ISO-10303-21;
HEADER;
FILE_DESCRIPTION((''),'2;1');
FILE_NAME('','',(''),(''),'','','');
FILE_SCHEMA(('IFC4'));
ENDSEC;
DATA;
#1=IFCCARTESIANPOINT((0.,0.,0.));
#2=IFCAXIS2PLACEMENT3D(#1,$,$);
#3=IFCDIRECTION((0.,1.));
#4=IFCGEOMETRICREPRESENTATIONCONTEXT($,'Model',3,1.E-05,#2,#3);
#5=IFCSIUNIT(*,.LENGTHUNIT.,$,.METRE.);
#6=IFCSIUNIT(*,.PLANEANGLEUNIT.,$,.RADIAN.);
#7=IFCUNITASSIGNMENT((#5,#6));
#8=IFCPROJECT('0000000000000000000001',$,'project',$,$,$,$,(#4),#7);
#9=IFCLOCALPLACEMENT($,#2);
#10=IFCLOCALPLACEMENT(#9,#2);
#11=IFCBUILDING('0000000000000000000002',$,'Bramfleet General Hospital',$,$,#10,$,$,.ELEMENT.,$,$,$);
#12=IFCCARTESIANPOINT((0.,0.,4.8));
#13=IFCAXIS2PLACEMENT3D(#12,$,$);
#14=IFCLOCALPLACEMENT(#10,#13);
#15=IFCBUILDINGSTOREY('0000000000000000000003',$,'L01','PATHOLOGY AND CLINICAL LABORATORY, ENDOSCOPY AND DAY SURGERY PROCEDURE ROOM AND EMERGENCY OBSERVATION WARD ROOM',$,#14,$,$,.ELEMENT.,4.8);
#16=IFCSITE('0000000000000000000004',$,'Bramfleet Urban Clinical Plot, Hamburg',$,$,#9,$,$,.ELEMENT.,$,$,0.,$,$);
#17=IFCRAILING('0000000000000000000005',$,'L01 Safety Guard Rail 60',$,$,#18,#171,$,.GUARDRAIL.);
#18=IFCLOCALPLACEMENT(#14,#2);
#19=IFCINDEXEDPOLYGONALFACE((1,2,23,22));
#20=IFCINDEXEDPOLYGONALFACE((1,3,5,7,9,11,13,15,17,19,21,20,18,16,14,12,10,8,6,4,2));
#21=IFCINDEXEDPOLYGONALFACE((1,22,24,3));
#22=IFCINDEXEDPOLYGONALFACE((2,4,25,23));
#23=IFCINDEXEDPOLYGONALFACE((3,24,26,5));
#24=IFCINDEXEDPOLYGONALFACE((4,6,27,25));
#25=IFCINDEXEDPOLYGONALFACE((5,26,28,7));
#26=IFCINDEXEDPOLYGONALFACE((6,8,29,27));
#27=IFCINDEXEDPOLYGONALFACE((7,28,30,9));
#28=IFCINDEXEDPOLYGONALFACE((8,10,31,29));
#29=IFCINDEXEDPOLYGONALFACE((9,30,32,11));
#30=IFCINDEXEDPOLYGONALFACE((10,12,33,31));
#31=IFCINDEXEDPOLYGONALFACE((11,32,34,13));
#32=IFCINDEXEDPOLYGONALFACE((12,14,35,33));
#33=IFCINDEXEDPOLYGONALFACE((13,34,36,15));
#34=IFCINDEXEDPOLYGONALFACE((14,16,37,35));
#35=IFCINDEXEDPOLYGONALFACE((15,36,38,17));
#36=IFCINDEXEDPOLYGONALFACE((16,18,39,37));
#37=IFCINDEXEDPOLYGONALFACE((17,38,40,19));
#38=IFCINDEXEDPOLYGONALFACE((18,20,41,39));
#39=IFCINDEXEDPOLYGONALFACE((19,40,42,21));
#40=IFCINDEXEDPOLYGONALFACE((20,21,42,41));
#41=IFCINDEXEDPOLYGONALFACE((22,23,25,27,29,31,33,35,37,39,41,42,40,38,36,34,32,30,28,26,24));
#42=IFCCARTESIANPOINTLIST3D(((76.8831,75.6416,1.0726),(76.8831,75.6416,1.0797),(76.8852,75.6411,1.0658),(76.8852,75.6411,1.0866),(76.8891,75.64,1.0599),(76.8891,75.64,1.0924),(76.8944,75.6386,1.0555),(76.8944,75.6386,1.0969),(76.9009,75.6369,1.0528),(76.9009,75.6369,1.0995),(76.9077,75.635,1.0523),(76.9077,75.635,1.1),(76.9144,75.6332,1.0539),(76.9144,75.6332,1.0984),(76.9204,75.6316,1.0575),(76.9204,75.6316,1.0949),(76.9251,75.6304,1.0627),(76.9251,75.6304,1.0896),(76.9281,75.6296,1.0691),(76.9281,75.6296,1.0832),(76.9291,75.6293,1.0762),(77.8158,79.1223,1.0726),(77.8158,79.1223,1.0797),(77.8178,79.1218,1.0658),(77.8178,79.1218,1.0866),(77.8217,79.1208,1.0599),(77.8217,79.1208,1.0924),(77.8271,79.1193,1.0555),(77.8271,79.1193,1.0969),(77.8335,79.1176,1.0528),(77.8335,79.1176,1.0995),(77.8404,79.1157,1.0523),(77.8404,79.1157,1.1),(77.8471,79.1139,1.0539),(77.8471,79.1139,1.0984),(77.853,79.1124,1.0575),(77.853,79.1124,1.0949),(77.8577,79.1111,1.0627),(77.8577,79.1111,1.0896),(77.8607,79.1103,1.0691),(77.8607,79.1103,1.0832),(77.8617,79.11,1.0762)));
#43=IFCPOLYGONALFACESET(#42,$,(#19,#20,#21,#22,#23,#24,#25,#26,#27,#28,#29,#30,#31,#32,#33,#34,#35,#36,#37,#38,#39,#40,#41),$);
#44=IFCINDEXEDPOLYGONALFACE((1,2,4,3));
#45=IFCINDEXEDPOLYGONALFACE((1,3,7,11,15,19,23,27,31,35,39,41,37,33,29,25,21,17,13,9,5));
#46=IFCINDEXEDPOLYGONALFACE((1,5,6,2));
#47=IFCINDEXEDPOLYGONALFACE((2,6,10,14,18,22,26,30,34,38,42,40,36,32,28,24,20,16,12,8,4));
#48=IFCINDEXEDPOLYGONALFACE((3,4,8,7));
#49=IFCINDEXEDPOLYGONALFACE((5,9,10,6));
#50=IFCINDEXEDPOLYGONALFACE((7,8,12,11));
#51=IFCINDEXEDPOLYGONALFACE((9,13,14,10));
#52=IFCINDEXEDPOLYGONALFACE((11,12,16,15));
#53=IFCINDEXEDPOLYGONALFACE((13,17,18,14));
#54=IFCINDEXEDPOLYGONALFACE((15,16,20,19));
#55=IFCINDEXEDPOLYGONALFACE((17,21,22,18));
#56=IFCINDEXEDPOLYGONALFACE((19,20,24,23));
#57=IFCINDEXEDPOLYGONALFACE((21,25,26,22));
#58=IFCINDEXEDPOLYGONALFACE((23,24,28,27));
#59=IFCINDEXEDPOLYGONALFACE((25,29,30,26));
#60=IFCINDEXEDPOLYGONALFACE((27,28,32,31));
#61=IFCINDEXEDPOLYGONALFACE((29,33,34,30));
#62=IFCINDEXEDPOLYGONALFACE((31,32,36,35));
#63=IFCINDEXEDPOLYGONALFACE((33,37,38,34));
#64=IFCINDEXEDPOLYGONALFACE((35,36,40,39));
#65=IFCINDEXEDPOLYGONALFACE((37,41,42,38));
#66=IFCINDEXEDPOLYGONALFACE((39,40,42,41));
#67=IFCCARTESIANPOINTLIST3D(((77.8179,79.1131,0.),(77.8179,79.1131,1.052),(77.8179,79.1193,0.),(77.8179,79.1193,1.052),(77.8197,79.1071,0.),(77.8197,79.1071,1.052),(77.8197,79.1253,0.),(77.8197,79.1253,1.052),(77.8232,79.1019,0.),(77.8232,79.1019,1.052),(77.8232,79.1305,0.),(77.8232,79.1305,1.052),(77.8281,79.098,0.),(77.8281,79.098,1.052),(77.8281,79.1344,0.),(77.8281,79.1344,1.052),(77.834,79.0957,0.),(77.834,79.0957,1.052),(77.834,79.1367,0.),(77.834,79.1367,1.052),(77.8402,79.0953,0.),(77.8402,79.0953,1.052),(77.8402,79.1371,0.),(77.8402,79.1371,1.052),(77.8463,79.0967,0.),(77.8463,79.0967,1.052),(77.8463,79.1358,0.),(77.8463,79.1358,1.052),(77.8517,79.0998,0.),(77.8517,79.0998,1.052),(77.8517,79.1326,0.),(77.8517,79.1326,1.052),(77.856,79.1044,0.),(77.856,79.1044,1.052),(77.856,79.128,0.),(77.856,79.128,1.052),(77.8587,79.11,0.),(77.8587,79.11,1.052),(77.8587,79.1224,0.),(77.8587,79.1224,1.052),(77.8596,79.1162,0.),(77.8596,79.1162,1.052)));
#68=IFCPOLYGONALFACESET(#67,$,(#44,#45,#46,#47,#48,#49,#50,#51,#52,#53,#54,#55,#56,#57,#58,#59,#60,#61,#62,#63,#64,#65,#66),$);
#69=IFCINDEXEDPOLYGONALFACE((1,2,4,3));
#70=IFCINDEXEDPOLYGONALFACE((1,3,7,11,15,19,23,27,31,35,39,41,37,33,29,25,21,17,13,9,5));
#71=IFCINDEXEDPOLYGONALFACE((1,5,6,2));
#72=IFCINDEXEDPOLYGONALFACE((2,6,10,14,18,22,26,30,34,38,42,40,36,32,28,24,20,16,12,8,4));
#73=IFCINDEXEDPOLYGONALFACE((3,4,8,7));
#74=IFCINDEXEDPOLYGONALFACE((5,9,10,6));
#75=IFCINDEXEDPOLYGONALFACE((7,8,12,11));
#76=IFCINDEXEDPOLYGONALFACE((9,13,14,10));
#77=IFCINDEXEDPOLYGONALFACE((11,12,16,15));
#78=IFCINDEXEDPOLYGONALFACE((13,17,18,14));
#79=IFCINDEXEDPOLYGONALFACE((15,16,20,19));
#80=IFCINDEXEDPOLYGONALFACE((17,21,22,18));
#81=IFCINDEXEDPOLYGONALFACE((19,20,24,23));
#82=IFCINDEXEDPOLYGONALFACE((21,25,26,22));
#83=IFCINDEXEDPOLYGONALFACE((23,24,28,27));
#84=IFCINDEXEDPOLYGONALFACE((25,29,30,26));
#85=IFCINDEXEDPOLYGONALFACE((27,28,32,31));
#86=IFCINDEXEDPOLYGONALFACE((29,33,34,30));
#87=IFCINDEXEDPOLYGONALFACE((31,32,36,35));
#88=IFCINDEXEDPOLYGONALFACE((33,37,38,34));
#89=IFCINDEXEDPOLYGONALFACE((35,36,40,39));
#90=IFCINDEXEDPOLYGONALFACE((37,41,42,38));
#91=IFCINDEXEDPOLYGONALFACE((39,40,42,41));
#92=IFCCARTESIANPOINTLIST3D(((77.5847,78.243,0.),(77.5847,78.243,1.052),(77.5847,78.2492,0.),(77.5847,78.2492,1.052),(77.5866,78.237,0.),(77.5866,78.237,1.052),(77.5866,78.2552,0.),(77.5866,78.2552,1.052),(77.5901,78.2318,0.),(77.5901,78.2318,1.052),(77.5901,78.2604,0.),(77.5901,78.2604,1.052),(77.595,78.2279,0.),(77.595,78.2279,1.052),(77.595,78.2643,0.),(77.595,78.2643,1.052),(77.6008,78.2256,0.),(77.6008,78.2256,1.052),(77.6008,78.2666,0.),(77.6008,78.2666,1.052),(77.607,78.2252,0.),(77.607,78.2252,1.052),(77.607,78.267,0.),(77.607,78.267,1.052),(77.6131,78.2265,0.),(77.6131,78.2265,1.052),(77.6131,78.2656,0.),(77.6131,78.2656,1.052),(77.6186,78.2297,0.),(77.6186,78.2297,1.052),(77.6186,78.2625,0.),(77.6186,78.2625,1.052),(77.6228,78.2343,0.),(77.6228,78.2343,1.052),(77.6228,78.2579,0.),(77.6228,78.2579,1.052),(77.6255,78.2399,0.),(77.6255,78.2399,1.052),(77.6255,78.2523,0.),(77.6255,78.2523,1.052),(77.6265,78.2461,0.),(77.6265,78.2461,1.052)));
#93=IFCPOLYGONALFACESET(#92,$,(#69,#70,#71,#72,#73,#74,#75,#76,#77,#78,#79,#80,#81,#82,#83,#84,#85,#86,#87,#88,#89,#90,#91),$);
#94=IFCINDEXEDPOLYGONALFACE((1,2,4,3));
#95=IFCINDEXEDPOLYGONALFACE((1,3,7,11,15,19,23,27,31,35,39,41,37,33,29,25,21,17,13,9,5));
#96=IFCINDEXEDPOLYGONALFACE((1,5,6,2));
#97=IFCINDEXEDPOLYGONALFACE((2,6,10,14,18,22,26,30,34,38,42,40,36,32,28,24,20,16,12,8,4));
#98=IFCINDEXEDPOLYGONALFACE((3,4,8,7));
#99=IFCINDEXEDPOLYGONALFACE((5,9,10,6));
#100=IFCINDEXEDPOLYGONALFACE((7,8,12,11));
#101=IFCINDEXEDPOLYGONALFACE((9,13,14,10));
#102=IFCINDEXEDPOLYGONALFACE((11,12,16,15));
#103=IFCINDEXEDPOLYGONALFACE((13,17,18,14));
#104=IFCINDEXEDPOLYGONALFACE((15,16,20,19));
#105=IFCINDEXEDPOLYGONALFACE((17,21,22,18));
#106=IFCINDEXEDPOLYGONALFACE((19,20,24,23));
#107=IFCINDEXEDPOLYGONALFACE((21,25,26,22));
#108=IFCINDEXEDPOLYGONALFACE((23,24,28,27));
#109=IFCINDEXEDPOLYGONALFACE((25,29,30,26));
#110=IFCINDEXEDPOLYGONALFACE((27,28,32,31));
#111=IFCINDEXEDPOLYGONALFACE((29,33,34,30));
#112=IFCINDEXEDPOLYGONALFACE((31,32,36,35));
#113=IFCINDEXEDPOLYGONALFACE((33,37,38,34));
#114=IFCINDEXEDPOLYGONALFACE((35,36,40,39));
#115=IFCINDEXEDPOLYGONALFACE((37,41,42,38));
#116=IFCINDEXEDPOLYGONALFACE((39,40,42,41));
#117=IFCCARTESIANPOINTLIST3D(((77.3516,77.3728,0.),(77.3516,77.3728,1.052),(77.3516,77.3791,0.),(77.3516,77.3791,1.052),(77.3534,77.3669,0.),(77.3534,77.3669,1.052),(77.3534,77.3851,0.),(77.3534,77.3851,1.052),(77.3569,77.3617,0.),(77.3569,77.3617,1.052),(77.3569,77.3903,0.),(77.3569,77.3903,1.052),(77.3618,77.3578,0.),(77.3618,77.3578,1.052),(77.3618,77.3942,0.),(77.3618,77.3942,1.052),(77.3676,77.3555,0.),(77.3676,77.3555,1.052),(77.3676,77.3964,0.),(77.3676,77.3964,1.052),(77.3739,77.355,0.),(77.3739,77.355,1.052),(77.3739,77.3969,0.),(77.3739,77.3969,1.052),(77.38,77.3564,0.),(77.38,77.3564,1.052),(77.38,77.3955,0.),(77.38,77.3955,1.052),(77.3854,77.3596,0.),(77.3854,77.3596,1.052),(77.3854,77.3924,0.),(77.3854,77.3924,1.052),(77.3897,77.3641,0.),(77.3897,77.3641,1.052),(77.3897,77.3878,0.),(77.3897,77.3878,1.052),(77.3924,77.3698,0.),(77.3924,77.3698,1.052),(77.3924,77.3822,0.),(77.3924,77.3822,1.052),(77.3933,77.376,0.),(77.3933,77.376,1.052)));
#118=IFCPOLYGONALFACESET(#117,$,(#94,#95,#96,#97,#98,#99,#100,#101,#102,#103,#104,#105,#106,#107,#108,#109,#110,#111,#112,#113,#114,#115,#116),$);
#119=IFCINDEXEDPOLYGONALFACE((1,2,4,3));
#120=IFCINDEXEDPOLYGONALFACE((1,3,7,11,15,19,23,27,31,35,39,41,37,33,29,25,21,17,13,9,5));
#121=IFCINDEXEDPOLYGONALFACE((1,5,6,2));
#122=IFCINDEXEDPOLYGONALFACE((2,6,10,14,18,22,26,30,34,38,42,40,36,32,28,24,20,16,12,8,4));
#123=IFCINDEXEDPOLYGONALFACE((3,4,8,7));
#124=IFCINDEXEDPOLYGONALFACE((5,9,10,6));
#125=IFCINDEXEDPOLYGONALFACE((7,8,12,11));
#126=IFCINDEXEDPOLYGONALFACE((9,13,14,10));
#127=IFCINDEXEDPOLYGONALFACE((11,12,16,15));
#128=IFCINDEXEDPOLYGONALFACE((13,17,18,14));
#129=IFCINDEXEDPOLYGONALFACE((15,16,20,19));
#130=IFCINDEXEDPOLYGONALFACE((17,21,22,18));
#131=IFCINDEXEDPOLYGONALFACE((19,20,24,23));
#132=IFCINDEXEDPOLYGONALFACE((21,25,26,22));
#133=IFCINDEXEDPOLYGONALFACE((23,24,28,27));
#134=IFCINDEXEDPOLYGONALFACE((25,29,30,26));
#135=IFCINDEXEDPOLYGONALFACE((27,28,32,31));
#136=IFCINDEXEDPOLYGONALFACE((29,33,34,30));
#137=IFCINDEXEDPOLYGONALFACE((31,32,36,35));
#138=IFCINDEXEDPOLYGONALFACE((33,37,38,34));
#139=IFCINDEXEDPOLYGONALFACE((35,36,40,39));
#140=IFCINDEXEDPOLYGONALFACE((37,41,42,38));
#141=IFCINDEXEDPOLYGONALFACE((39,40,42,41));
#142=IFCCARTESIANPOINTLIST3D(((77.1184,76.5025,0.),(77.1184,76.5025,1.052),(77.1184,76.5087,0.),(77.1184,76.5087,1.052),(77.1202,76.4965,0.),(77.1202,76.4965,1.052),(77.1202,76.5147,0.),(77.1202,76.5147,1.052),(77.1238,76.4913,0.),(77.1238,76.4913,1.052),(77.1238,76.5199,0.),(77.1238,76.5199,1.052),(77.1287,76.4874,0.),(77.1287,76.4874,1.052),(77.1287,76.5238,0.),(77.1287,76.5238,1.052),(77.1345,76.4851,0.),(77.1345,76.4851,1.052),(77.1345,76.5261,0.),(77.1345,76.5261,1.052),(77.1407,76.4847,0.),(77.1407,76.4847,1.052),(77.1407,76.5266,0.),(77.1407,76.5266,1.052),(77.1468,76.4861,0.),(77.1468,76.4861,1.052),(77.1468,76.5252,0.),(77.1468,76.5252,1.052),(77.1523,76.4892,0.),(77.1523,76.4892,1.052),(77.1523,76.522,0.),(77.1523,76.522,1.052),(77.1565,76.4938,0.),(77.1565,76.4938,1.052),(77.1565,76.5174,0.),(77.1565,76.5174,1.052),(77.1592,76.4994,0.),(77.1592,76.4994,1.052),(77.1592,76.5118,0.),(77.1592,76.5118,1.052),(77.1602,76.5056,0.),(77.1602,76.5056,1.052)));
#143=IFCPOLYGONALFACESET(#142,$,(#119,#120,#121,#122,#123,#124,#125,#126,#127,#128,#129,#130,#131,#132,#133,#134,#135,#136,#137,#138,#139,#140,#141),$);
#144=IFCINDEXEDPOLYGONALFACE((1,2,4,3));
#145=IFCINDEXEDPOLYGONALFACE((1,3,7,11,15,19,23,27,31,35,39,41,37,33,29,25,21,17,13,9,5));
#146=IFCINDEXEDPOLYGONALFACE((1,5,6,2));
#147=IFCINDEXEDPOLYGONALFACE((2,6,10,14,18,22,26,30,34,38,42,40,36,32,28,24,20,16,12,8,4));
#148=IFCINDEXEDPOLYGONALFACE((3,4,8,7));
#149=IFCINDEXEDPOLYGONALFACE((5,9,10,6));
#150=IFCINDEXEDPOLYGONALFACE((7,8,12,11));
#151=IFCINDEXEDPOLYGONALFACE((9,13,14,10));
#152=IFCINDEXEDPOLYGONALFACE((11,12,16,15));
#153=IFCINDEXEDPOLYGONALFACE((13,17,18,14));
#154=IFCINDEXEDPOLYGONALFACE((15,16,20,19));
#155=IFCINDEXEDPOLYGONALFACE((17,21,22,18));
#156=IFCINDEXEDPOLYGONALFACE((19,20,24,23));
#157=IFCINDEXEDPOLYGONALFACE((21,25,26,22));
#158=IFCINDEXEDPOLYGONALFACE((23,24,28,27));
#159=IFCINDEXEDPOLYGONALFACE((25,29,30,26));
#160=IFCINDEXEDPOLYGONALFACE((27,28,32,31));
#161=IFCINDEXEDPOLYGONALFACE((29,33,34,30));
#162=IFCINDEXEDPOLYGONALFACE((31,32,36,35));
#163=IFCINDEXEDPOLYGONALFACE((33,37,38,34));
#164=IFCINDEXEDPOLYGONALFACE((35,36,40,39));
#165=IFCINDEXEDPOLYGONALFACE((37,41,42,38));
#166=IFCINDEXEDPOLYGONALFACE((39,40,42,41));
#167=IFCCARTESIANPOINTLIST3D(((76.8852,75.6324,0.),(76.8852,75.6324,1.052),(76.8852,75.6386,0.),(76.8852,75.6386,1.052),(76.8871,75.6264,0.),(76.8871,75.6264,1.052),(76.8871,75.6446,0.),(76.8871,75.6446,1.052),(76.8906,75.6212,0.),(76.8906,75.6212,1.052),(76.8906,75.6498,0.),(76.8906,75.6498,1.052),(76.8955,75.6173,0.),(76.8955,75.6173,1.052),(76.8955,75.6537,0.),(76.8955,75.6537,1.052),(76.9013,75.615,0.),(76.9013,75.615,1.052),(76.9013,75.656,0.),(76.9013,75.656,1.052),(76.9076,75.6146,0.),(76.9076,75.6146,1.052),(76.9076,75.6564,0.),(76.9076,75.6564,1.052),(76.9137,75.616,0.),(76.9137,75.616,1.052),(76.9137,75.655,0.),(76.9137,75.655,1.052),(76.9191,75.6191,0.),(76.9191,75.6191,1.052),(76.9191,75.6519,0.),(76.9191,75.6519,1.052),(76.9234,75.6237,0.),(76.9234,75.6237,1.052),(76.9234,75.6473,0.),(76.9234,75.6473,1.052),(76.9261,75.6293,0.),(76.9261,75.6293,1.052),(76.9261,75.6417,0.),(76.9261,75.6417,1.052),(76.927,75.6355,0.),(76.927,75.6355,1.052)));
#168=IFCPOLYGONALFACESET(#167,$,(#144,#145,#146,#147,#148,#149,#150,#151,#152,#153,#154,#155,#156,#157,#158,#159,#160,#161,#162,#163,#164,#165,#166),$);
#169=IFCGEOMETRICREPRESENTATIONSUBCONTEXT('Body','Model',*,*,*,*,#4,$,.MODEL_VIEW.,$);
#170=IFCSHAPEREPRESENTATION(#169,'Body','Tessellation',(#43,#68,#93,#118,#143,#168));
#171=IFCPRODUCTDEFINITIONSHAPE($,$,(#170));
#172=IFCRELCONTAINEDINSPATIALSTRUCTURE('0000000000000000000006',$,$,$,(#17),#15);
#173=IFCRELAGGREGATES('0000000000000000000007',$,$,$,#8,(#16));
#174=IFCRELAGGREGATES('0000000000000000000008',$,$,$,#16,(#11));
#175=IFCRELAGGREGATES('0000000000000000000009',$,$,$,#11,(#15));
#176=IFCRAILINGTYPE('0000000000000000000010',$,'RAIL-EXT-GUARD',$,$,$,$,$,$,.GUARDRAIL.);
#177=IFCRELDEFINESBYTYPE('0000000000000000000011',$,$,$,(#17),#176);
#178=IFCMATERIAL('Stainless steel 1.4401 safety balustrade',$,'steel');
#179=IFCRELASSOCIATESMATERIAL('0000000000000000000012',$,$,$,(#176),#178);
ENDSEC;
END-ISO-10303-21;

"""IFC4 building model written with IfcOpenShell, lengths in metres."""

from ifc_helpers import new_model, si_unit, direction, frame, origin, origin_2d, place, context, subcontext, project, spatial, circle, extrude, material, type_object, element, save


model = new_model("IFC4")

# Units and contexts
model_context = context("Model", 3, precision=1e-05, world=origin(), true_north=direction((0.0, 1.0)))
body_context = subcontext(model_context, "Body", "Model", "MODEL_VIEW")
ifc_project = project(units=[si_unit("LENGTHUNIT", "METRE"), si_unit("PLANEANGLEUNIT", "RADIAN")], contexts=[model_context])

# Site, building, storey
site_placement = place(None, origin())
site = spatial("IfcSite", under=ifc_project, at=site_placement, Name="Bramfleet Urban Clinical Plot, Hamburg", CompositionType="ELEMENT", RefElevation=0.0)
building_placement = place(site_placement, origin())
building = spatial("IfcBuilding", under=site, at=building_placement, Name="Bramfleet General Hospital", CompositionType="ELEMENT")
storey_placement = place(building_placement, frame((0.0, 0.0, 4.8)))
storey = spatial("IfcBuildingStorey", under=building, at=storey_placement, Name="L01", Description="PATHOLOGY AND CLINICAL LABORATORY, ENDOSCOPY AND DAY SURGERY PROCEDURE ROOM AND EMERGENCY OBSERVATION WARD ROOM", CompositionType="ELEMENT", Elevation=4.8)

# Railing
ifc_material_1 = material(Name="Stainless steel 1.4401 safety balustrade", Category="steel")
railing_type = type_object("IfcRailingType", Name="RAIL-EXT-GUARD", PredefinedType="GUARDRAIL", material=ifc_material_1)
railing_1_placement = place(storey_placement, frame((77.8386, 79.1162, 0.0)))
element("IfcRailing", 1, at=railing_1_placement, inside=storey, type_object=railing_type, Name="L01 Safety Guard Rail 60", PredefinedType="GUARDRAIL", context=body_context, shape_type="SweptSolid", body=[
    extrude(circle(Radius=0.0239, at=origin_2d()), frame((0.0, 0.0, 1.0762), z_axis=(-0.258809, -0.965928, 0.0), x_axis=(0.965928, -0.258809, 0.0)), (0.0, 0.0, 1.0), 3.6035),
    extrude(circle(Radius=0.021, at=origin_2d()), origin(), (0.0, 0.0, 1.0), 1.052),
    extrude(circle(Radius=0.021, at=origin_2d()), frame((-0.2332, -0.8701, 0.0)), (0.0, 0.0, 1.0), 1.052),
    extrude(circle(Radius=0.021, at=origin_2d()), frame((-0.4663, -1.7402, 0.0)), (0.0, 0.0, 1.0), 1.052),
    extrude(circle(Radius=0.021, at=origin_2d()), frame((-0.6995, -2.6106, 0.0)), (0.0, 0.0, 1.0), 1.052),
    extrude(circle(Radius=0.021, at=origin_2d()), frame((-0.9326, -3.4807, 0.0)), (0.0, 0.0, 1.0), 1.052),
])

save(model, "model.ifc")
